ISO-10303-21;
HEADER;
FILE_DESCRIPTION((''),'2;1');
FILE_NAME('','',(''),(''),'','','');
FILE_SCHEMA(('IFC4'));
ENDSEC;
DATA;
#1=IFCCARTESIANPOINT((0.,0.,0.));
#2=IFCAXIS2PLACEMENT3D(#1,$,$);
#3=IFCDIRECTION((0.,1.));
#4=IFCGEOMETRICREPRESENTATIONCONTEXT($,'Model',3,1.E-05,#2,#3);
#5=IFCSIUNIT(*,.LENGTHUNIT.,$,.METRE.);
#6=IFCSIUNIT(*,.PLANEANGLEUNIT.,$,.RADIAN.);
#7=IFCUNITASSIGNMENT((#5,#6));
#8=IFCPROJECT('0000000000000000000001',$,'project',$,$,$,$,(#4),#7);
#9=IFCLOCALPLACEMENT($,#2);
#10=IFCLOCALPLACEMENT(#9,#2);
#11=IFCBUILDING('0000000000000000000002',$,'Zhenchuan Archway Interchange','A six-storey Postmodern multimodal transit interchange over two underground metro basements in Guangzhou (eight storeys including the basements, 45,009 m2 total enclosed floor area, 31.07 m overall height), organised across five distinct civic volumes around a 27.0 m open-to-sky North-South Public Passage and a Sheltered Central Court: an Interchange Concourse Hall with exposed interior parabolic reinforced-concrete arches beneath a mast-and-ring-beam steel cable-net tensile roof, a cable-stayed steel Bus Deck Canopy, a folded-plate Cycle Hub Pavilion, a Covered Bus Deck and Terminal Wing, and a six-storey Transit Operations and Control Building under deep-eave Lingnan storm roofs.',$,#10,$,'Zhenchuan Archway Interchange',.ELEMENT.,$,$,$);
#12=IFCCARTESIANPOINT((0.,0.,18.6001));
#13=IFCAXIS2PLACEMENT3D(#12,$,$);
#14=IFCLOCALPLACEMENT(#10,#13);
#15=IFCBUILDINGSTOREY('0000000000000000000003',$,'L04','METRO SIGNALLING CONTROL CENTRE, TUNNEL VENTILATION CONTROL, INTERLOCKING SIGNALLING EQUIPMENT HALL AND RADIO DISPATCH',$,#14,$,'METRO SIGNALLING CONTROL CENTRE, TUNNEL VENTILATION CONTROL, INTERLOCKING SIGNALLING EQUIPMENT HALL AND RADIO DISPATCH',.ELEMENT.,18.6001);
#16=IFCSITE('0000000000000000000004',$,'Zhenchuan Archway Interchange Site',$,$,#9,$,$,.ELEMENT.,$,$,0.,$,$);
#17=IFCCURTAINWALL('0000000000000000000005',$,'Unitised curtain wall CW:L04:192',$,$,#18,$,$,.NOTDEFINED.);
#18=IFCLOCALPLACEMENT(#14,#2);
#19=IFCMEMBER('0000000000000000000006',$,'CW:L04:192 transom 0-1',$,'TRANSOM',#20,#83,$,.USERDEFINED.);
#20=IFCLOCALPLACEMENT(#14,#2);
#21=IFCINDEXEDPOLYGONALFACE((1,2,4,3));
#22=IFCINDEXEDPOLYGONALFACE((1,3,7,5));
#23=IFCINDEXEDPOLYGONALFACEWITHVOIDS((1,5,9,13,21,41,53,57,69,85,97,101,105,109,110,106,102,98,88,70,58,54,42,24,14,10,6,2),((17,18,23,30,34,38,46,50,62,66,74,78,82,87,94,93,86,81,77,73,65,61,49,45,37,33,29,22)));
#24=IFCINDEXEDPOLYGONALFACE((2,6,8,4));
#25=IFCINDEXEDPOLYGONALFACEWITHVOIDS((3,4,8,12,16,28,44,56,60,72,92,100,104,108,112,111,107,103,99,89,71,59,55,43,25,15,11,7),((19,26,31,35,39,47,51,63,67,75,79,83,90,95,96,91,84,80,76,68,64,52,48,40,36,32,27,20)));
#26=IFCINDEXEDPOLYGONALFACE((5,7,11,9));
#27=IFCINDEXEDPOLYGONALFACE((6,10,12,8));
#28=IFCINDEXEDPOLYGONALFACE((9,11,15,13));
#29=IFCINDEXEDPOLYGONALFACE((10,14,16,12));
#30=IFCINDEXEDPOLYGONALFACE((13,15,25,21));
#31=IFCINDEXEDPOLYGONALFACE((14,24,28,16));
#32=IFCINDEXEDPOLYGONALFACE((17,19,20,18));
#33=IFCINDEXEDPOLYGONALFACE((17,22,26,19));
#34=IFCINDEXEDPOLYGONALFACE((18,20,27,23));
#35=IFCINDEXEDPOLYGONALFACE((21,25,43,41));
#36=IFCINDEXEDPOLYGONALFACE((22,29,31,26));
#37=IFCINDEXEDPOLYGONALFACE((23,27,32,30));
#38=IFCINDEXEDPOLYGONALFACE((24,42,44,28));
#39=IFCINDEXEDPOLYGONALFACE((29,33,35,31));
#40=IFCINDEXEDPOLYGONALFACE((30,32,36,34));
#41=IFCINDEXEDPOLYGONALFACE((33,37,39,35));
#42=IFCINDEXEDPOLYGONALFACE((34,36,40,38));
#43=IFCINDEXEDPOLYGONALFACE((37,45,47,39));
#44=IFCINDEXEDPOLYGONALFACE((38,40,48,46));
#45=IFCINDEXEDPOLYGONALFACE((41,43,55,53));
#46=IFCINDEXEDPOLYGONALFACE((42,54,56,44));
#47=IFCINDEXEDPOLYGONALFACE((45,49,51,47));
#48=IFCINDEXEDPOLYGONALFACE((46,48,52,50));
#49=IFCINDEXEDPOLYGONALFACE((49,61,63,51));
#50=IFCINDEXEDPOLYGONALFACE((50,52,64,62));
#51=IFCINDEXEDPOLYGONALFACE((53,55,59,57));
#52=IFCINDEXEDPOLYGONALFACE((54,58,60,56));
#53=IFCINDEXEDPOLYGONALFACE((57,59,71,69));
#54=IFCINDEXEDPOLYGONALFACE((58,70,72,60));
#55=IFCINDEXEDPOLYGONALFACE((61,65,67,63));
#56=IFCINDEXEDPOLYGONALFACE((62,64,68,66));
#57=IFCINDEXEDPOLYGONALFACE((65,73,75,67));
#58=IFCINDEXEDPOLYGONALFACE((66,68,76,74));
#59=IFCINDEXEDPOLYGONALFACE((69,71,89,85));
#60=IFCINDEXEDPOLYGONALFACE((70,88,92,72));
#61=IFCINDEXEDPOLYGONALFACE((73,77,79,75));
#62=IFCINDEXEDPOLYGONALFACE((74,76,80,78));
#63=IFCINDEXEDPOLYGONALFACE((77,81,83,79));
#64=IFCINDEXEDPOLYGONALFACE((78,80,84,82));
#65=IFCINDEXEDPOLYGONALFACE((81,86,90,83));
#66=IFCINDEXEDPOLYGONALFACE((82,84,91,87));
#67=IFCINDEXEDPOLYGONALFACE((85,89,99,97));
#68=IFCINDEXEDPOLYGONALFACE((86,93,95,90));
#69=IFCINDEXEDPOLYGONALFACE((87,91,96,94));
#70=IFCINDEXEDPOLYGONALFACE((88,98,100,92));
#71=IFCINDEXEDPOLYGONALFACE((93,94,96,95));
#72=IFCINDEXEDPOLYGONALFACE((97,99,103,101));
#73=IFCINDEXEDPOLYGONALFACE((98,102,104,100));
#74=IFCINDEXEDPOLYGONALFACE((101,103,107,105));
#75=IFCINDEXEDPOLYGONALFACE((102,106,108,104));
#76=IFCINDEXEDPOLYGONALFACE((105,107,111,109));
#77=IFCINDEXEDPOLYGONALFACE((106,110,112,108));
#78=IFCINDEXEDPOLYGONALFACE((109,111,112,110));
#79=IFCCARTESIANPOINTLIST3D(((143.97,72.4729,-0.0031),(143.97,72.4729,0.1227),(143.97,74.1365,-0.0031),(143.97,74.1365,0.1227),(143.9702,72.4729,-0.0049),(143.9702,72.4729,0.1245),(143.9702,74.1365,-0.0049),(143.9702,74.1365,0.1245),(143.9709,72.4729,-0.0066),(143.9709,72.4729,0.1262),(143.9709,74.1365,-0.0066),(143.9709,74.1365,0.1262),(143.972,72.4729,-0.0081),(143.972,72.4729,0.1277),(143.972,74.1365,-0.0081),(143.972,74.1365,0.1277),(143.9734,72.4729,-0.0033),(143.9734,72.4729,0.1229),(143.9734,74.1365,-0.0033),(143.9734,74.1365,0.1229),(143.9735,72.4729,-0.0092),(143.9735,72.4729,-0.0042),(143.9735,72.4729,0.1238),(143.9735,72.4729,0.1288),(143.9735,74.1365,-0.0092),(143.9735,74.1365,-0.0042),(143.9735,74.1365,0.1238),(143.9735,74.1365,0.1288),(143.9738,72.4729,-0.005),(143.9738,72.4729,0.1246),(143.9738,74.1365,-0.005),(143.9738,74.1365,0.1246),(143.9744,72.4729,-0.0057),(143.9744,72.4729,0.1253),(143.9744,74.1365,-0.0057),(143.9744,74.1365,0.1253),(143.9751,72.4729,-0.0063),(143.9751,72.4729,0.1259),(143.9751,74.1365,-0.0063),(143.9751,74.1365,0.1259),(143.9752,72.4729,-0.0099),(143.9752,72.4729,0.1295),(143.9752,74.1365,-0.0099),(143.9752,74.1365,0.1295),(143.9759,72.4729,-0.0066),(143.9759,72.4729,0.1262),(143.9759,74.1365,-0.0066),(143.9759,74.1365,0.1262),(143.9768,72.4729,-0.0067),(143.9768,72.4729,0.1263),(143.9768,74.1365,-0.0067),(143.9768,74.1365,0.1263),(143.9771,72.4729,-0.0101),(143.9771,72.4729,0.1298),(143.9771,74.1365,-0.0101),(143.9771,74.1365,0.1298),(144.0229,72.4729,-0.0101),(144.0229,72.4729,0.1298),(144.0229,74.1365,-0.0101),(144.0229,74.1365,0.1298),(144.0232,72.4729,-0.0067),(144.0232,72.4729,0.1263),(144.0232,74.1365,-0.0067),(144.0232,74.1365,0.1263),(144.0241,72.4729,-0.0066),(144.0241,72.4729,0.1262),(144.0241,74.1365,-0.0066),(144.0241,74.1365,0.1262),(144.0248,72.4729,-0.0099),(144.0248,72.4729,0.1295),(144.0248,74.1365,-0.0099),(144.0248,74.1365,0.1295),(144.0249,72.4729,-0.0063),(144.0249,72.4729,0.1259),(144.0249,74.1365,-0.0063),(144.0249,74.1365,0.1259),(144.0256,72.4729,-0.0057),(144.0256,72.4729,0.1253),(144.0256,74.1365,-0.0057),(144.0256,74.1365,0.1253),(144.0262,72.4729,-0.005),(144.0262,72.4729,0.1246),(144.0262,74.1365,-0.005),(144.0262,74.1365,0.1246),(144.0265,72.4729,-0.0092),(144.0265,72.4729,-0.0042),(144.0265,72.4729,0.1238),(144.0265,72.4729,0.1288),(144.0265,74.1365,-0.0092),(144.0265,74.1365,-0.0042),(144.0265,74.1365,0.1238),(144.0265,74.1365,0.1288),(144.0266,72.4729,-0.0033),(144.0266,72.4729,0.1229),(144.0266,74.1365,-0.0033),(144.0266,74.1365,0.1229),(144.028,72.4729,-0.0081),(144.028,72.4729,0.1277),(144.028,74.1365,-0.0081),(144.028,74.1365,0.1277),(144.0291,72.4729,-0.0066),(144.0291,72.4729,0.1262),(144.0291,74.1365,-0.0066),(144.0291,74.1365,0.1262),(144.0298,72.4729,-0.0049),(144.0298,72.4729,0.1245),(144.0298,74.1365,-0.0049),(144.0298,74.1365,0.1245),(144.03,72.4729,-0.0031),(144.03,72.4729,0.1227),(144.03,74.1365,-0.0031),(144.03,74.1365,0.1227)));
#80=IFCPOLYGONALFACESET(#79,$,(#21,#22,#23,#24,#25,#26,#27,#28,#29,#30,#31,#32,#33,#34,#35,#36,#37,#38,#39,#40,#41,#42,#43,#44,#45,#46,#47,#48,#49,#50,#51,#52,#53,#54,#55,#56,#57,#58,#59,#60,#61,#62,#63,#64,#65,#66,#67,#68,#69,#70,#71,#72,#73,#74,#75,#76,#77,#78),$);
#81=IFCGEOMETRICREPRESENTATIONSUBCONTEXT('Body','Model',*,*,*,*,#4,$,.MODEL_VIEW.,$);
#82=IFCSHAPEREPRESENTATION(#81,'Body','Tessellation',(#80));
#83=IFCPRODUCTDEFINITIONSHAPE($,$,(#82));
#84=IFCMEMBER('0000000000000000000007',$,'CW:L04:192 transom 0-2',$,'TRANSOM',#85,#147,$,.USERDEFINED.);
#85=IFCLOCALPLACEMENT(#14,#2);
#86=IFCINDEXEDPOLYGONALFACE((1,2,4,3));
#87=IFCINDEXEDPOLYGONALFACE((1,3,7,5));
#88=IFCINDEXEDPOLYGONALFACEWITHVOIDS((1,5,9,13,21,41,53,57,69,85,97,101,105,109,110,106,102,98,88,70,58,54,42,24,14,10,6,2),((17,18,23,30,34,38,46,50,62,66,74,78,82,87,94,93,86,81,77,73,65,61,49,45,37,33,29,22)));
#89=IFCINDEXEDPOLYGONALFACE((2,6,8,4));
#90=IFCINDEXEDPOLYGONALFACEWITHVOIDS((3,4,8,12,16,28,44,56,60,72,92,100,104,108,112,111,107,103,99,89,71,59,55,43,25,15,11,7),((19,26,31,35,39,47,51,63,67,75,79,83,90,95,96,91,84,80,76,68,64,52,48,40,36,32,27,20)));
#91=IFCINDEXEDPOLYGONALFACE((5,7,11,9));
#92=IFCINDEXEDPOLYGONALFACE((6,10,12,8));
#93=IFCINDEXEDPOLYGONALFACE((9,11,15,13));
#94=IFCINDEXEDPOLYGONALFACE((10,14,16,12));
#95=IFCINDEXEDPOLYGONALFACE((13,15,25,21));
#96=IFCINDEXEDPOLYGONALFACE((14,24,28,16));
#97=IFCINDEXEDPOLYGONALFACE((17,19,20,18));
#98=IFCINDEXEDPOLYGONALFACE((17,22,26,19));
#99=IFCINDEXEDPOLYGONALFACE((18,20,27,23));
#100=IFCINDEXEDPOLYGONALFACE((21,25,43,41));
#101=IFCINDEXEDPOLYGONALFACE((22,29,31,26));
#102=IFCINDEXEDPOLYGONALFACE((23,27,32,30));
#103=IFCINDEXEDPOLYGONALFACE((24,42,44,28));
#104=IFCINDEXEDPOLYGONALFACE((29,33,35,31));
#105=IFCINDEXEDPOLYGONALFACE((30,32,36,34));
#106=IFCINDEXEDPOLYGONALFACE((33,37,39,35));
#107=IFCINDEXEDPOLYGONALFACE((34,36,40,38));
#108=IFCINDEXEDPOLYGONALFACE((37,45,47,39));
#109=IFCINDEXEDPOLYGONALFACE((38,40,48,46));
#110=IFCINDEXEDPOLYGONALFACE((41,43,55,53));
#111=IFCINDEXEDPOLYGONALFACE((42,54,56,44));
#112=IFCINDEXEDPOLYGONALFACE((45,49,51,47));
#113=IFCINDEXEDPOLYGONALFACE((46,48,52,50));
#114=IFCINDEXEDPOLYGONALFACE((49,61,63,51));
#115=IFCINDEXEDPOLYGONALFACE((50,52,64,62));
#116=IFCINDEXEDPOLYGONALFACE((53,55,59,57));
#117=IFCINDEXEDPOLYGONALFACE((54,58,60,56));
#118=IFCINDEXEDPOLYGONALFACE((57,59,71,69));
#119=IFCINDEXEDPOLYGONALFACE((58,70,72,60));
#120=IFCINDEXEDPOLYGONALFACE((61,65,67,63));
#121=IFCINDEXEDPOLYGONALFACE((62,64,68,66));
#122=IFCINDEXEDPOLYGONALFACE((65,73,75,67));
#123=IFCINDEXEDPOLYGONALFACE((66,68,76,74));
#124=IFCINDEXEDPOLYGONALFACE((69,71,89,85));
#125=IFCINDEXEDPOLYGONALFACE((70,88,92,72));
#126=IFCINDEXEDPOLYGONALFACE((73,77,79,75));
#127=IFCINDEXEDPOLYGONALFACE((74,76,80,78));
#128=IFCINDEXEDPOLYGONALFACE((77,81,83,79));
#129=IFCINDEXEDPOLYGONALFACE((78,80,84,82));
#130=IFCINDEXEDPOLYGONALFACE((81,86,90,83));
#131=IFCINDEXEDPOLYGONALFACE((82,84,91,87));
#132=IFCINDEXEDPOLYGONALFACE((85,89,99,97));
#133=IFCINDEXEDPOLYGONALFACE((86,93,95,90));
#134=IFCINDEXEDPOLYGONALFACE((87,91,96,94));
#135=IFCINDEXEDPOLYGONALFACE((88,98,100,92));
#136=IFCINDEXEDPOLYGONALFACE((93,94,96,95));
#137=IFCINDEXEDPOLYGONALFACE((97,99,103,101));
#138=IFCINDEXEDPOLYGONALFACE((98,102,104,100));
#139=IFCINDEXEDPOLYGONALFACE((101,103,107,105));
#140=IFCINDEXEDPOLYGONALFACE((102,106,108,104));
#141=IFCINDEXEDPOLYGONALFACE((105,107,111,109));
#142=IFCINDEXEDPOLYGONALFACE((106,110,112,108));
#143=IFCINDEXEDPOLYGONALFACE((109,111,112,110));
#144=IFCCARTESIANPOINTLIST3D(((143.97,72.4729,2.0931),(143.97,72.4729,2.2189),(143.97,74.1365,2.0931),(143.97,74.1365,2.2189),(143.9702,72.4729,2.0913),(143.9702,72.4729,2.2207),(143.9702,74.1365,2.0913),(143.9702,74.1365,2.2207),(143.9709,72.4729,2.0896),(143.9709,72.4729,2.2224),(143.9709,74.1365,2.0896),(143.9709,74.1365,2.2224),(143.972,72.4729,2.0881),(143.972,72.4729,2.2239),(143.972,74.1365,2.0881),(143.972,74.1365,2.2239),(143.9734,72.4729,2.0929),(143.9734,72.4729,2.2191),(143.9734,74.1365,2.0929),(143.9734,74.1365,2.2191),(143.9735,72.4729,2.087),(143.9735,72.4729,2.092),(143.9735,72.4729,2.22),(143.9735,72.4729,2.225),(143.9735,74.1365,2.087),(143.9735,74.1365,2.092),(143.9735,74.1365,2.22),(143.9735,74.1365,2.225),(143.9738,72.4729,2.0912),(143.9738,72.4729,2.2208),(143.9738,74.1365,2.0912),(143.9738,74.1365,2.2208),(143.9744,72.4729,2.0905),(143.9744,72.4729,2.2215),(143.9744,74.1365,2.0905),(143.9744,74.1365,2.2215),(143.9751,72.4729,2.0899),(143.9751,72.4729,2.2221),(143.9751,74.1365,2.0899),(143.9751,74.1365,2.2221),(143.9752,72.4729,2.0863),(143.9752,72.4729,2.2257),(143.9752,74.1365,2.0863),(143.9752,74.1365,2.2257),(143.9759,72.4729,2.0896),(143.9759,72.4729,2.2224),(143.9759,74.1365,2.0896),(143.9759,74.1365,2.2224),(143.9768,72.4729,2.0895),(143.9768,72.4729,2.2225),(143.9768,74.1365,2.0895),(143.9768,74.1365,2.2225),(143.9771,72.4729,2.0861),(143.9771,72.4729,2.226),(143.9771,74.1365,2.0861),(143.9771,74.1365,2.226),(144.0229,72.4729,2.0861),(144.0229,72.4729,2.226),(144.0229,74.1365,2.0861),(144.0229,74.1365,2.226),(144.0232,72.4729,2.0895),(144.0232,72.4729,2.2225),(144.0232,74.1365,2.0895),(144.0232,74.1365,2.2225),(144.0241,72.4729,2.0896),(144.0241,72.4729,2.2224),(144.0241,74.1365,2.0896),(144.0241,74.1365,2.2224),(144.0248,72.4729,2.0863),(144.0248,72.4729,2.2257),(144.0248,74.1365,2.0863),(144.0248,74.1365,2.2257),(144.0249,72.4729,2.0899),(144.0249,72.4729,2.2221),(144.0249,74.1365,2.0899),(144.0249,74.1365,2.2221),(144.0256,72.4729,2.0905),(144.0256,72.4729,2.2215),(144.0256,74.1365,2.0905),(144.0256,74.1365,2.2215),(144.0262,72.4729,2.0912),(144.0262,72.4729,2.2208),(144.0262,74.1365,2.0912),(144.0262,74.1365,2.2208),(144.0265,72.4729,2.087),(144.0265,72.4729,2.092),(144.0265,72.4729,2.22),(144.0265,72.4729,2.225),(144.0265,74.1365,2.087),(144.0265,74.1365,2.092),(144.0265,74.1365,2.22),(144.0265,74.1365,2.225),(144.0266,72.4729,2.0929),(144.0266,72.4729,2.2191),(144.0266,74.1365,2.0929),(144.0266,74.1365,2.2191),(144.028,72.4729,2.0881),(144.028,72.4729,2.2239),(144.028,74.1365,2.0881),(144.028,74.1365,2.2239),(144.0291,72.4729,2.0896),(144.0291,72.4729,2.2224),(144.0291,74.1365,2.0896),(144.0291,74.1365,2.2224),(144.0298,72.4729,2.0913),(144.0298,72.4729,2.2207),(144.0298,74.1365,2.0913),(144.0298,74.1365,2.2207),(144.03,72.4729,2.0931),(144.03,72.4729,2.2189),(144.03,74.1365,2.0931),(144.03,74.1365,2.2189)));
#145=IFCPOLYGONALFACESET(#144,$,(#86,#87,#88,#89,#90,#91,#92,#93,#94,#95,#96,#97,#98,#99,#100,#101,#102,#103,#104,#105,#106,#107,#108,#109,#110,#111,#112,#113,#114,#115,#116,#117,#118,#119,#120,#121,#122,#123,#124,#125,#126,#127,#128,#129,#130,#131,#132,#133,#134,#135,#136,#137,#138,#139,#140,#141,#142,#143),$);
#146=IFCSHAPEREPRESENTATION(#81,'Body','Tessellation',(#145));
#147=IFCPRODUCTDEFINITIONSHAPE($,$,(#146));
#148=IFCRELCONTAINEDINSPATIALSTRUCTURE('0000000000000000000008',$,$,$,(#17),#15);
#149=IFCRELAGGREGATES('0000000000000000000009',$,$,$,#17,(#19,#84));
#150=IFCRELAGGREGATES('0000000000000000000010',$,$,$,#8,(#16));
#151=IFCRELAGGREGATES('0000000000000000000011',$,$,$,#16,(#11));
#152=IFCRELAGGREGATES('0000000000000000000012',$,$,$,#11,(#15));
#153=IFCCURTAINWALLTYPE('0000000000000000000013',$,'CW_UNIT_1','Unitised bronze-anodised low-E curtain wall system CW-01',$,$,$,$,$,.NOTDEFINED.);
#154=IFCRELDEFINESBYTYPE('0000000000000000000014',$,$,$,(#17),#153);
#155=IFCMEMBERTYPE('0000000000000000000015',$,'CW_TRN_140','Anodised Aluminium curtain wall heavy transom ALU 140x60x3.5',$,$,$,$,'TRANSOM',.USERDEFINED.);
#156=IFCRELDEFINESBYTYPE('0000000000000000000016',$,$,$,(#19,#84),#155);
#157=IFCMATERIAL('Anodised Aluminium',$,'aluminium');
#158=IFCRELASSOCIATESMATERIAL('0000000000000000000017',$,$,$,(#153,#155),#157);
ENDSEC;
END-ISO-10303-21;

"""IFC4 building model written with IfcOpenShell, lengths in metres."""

from ifc_helpers import new_model, si_unit, direction, frame, origin, origin_2d, place, context, subcontext, project, spatial, hollow_rectangle, extrude, material, material_profile, profile_set, type_object, element, aggregate, save


model = new_model("IFC4")

# Units and contexts
model_context = context("Model", 3, precision=1e-05, world=origin(), true_north=direction((0.0, 1.0)))
body_context = subcontext(model_context, "Body", "Model", "MODEL_VIEW")
ifc_project = project(units=[si_unit("LENGTHUNIT", "METRE"), si_unit("PLANEANGLEUNIT", "RADIAN")], contexts=[model_context])

# Site, building, storey
site_placement = place(None, origin())
site = spatial("IfcSite", under=ifc_project, at=site_placement, Name="Zhenchuan Archway Interchange Site", CompositionType="ELEMENT", RefElevation=0.0)
building_placement = place(site_placement, origin())
building = spatial("IfcBuilding", under=site, at=building_placement, Name="Zhenchuan Archway Interchange", Description="A six-storey Postmodern multimodal transit interchange over two underground metro basements in Guangzhou (eight storeys including the basements, 45,009 m2 total enclosed floor area, 31.07 m overall height), organised across five distinct civic volumes around a 27.0 m open-to-sky North-South Public Passage and a Sheltered Central Court: an Interchange Concourse Hall with exposed interior parabolic reinforced-concrete arches beneath a mast-and-ring-beam steel cable-net tensile roof, a cable-stayed steel Bus Deck Canopy, a folded-plate Cycle Hub Pavilion, a Covered Bus Deck and Terminal Wing, and a six-storey Transit Operations and Control Building under deep-eave Lingnan storm roofs.", LongName="Zhenchuan Archway Interchange", CompositionType="ELEMENT")
storey_placement = place(building_placement, frame((0.0, 0.0, 18.6001)))
storey = spatial("IfcBuildingStorey", under=building, at=storey_placement, Name="L04", Description="METRO SIGNALLING CONTROL CENTRE, TUNNEL VENTILATION CONTROL, INTERLOCKING SIGNALLING EQUIPMENT HALL AND RADIO DISPATCH", LongName="METRO SIGNALLING CONTROL CENTRE, TUNNEL VENTILATION CONTROL, INTERLOCKING SIGNALLING EQUIPMENT HALL AND RADIO DISPATCH", CompositionType="ELEMENT", Elevation=18.6001)

# Curtain wall, members
ifc_material_1 = material(Name="Anodised Aluminium", Category="aluminium")
curtain_wall_type = type_object("IfcCurtainWallType", Name="CW_UNIT_1", Description="Unitised bronze-anodised low-E curtain wall system CW-01", PredefinedType="NOTDEFINED", material=ifc_material_1)
curtain_wall_placement = place(storey_placement, origin())
curtain_wall = element("IfcCurtainWall", 1, at=curtain_wall_placement, inside=storey, type_object=curtain_wall_type, Name="Unitised curtain wall CW:L04:192", PredefinedType="NOTDEFINED")
ifc_material_profile_1 = material_profile(ifc_material_1, hollow_rectangle(XDim=0.0601, YDim=0.1399, WallThickness=0.0034, InnerFilletRadius=0.0034, OuterFilletRadius=0.0071, at=origin_2d()), Name="ALU 140x60x3.5")
ifc_profile_set_1 = profile_set([ifc_material_profile_1], Name="Anodised Aluminium")
member_type_1 = type_object("IfcMemberType", Name="CW_TRN_140", Description="Anodised Aluminium curtain wall heavy transom ALU 140x60x3.5", ElementType="TRANSOM", PredefinedType="USERDEFINED", material=ifc_profile_set_1)
member_1_placement = place(storey_placement, frame((144.0, 72.4729, 0.0598), z_axis=(0.0, 1.0, 0.0), x_axis=(-1.0, 0.0, 0.0)))
member_1 = element("IfcMember", 2, at=member_1_placement, type_object=member_type_1, Name="CW:L04:192 transom 0-1", ObjectType="TRANSOM", PredefinedType="USERDEFINED", context=body_context, shape_type="SweptSolid", body=[
    extrude(hollow_rectangle(XDim=0.0601, YDim=0.1399, WallThickness=0.0034, InnerFilletRadius=0.0034, OuterFilletRadius=0.0071, at=origin_2d()), origin(), (0.0, 0.0, 1.0), 1.6636),
])
member_2_placement = place(storey_placement, frame((144.0, 72.4729, 2.156), z_axis=(0.0, 1.0, 0.0), x_axis=(-1.0, 0.0, 0.0)))
member_2 = element("IfcMember", 3, at=member_2_placement, type_object=member_type_1, Name="CW:L04:192 transom 0-2", ObjectType="TRANSOM", PredefinedType="USERDEFINED", context=body_context, shape_type="SweptSolid", body=[
    extrude(hollow_rectangle(XDim=0.0601, YDim=0.1399, WallThickness=0.0034, InnerFilletRadius=0.0034, OuterFilletRadius=0.0071, at=origin_2d()), origin(), (0.0, 0.0, 1.0), 1.6636),
])

aggregate(curtain_wall, [member_1, member_2])

save(model, "model.ifc")
